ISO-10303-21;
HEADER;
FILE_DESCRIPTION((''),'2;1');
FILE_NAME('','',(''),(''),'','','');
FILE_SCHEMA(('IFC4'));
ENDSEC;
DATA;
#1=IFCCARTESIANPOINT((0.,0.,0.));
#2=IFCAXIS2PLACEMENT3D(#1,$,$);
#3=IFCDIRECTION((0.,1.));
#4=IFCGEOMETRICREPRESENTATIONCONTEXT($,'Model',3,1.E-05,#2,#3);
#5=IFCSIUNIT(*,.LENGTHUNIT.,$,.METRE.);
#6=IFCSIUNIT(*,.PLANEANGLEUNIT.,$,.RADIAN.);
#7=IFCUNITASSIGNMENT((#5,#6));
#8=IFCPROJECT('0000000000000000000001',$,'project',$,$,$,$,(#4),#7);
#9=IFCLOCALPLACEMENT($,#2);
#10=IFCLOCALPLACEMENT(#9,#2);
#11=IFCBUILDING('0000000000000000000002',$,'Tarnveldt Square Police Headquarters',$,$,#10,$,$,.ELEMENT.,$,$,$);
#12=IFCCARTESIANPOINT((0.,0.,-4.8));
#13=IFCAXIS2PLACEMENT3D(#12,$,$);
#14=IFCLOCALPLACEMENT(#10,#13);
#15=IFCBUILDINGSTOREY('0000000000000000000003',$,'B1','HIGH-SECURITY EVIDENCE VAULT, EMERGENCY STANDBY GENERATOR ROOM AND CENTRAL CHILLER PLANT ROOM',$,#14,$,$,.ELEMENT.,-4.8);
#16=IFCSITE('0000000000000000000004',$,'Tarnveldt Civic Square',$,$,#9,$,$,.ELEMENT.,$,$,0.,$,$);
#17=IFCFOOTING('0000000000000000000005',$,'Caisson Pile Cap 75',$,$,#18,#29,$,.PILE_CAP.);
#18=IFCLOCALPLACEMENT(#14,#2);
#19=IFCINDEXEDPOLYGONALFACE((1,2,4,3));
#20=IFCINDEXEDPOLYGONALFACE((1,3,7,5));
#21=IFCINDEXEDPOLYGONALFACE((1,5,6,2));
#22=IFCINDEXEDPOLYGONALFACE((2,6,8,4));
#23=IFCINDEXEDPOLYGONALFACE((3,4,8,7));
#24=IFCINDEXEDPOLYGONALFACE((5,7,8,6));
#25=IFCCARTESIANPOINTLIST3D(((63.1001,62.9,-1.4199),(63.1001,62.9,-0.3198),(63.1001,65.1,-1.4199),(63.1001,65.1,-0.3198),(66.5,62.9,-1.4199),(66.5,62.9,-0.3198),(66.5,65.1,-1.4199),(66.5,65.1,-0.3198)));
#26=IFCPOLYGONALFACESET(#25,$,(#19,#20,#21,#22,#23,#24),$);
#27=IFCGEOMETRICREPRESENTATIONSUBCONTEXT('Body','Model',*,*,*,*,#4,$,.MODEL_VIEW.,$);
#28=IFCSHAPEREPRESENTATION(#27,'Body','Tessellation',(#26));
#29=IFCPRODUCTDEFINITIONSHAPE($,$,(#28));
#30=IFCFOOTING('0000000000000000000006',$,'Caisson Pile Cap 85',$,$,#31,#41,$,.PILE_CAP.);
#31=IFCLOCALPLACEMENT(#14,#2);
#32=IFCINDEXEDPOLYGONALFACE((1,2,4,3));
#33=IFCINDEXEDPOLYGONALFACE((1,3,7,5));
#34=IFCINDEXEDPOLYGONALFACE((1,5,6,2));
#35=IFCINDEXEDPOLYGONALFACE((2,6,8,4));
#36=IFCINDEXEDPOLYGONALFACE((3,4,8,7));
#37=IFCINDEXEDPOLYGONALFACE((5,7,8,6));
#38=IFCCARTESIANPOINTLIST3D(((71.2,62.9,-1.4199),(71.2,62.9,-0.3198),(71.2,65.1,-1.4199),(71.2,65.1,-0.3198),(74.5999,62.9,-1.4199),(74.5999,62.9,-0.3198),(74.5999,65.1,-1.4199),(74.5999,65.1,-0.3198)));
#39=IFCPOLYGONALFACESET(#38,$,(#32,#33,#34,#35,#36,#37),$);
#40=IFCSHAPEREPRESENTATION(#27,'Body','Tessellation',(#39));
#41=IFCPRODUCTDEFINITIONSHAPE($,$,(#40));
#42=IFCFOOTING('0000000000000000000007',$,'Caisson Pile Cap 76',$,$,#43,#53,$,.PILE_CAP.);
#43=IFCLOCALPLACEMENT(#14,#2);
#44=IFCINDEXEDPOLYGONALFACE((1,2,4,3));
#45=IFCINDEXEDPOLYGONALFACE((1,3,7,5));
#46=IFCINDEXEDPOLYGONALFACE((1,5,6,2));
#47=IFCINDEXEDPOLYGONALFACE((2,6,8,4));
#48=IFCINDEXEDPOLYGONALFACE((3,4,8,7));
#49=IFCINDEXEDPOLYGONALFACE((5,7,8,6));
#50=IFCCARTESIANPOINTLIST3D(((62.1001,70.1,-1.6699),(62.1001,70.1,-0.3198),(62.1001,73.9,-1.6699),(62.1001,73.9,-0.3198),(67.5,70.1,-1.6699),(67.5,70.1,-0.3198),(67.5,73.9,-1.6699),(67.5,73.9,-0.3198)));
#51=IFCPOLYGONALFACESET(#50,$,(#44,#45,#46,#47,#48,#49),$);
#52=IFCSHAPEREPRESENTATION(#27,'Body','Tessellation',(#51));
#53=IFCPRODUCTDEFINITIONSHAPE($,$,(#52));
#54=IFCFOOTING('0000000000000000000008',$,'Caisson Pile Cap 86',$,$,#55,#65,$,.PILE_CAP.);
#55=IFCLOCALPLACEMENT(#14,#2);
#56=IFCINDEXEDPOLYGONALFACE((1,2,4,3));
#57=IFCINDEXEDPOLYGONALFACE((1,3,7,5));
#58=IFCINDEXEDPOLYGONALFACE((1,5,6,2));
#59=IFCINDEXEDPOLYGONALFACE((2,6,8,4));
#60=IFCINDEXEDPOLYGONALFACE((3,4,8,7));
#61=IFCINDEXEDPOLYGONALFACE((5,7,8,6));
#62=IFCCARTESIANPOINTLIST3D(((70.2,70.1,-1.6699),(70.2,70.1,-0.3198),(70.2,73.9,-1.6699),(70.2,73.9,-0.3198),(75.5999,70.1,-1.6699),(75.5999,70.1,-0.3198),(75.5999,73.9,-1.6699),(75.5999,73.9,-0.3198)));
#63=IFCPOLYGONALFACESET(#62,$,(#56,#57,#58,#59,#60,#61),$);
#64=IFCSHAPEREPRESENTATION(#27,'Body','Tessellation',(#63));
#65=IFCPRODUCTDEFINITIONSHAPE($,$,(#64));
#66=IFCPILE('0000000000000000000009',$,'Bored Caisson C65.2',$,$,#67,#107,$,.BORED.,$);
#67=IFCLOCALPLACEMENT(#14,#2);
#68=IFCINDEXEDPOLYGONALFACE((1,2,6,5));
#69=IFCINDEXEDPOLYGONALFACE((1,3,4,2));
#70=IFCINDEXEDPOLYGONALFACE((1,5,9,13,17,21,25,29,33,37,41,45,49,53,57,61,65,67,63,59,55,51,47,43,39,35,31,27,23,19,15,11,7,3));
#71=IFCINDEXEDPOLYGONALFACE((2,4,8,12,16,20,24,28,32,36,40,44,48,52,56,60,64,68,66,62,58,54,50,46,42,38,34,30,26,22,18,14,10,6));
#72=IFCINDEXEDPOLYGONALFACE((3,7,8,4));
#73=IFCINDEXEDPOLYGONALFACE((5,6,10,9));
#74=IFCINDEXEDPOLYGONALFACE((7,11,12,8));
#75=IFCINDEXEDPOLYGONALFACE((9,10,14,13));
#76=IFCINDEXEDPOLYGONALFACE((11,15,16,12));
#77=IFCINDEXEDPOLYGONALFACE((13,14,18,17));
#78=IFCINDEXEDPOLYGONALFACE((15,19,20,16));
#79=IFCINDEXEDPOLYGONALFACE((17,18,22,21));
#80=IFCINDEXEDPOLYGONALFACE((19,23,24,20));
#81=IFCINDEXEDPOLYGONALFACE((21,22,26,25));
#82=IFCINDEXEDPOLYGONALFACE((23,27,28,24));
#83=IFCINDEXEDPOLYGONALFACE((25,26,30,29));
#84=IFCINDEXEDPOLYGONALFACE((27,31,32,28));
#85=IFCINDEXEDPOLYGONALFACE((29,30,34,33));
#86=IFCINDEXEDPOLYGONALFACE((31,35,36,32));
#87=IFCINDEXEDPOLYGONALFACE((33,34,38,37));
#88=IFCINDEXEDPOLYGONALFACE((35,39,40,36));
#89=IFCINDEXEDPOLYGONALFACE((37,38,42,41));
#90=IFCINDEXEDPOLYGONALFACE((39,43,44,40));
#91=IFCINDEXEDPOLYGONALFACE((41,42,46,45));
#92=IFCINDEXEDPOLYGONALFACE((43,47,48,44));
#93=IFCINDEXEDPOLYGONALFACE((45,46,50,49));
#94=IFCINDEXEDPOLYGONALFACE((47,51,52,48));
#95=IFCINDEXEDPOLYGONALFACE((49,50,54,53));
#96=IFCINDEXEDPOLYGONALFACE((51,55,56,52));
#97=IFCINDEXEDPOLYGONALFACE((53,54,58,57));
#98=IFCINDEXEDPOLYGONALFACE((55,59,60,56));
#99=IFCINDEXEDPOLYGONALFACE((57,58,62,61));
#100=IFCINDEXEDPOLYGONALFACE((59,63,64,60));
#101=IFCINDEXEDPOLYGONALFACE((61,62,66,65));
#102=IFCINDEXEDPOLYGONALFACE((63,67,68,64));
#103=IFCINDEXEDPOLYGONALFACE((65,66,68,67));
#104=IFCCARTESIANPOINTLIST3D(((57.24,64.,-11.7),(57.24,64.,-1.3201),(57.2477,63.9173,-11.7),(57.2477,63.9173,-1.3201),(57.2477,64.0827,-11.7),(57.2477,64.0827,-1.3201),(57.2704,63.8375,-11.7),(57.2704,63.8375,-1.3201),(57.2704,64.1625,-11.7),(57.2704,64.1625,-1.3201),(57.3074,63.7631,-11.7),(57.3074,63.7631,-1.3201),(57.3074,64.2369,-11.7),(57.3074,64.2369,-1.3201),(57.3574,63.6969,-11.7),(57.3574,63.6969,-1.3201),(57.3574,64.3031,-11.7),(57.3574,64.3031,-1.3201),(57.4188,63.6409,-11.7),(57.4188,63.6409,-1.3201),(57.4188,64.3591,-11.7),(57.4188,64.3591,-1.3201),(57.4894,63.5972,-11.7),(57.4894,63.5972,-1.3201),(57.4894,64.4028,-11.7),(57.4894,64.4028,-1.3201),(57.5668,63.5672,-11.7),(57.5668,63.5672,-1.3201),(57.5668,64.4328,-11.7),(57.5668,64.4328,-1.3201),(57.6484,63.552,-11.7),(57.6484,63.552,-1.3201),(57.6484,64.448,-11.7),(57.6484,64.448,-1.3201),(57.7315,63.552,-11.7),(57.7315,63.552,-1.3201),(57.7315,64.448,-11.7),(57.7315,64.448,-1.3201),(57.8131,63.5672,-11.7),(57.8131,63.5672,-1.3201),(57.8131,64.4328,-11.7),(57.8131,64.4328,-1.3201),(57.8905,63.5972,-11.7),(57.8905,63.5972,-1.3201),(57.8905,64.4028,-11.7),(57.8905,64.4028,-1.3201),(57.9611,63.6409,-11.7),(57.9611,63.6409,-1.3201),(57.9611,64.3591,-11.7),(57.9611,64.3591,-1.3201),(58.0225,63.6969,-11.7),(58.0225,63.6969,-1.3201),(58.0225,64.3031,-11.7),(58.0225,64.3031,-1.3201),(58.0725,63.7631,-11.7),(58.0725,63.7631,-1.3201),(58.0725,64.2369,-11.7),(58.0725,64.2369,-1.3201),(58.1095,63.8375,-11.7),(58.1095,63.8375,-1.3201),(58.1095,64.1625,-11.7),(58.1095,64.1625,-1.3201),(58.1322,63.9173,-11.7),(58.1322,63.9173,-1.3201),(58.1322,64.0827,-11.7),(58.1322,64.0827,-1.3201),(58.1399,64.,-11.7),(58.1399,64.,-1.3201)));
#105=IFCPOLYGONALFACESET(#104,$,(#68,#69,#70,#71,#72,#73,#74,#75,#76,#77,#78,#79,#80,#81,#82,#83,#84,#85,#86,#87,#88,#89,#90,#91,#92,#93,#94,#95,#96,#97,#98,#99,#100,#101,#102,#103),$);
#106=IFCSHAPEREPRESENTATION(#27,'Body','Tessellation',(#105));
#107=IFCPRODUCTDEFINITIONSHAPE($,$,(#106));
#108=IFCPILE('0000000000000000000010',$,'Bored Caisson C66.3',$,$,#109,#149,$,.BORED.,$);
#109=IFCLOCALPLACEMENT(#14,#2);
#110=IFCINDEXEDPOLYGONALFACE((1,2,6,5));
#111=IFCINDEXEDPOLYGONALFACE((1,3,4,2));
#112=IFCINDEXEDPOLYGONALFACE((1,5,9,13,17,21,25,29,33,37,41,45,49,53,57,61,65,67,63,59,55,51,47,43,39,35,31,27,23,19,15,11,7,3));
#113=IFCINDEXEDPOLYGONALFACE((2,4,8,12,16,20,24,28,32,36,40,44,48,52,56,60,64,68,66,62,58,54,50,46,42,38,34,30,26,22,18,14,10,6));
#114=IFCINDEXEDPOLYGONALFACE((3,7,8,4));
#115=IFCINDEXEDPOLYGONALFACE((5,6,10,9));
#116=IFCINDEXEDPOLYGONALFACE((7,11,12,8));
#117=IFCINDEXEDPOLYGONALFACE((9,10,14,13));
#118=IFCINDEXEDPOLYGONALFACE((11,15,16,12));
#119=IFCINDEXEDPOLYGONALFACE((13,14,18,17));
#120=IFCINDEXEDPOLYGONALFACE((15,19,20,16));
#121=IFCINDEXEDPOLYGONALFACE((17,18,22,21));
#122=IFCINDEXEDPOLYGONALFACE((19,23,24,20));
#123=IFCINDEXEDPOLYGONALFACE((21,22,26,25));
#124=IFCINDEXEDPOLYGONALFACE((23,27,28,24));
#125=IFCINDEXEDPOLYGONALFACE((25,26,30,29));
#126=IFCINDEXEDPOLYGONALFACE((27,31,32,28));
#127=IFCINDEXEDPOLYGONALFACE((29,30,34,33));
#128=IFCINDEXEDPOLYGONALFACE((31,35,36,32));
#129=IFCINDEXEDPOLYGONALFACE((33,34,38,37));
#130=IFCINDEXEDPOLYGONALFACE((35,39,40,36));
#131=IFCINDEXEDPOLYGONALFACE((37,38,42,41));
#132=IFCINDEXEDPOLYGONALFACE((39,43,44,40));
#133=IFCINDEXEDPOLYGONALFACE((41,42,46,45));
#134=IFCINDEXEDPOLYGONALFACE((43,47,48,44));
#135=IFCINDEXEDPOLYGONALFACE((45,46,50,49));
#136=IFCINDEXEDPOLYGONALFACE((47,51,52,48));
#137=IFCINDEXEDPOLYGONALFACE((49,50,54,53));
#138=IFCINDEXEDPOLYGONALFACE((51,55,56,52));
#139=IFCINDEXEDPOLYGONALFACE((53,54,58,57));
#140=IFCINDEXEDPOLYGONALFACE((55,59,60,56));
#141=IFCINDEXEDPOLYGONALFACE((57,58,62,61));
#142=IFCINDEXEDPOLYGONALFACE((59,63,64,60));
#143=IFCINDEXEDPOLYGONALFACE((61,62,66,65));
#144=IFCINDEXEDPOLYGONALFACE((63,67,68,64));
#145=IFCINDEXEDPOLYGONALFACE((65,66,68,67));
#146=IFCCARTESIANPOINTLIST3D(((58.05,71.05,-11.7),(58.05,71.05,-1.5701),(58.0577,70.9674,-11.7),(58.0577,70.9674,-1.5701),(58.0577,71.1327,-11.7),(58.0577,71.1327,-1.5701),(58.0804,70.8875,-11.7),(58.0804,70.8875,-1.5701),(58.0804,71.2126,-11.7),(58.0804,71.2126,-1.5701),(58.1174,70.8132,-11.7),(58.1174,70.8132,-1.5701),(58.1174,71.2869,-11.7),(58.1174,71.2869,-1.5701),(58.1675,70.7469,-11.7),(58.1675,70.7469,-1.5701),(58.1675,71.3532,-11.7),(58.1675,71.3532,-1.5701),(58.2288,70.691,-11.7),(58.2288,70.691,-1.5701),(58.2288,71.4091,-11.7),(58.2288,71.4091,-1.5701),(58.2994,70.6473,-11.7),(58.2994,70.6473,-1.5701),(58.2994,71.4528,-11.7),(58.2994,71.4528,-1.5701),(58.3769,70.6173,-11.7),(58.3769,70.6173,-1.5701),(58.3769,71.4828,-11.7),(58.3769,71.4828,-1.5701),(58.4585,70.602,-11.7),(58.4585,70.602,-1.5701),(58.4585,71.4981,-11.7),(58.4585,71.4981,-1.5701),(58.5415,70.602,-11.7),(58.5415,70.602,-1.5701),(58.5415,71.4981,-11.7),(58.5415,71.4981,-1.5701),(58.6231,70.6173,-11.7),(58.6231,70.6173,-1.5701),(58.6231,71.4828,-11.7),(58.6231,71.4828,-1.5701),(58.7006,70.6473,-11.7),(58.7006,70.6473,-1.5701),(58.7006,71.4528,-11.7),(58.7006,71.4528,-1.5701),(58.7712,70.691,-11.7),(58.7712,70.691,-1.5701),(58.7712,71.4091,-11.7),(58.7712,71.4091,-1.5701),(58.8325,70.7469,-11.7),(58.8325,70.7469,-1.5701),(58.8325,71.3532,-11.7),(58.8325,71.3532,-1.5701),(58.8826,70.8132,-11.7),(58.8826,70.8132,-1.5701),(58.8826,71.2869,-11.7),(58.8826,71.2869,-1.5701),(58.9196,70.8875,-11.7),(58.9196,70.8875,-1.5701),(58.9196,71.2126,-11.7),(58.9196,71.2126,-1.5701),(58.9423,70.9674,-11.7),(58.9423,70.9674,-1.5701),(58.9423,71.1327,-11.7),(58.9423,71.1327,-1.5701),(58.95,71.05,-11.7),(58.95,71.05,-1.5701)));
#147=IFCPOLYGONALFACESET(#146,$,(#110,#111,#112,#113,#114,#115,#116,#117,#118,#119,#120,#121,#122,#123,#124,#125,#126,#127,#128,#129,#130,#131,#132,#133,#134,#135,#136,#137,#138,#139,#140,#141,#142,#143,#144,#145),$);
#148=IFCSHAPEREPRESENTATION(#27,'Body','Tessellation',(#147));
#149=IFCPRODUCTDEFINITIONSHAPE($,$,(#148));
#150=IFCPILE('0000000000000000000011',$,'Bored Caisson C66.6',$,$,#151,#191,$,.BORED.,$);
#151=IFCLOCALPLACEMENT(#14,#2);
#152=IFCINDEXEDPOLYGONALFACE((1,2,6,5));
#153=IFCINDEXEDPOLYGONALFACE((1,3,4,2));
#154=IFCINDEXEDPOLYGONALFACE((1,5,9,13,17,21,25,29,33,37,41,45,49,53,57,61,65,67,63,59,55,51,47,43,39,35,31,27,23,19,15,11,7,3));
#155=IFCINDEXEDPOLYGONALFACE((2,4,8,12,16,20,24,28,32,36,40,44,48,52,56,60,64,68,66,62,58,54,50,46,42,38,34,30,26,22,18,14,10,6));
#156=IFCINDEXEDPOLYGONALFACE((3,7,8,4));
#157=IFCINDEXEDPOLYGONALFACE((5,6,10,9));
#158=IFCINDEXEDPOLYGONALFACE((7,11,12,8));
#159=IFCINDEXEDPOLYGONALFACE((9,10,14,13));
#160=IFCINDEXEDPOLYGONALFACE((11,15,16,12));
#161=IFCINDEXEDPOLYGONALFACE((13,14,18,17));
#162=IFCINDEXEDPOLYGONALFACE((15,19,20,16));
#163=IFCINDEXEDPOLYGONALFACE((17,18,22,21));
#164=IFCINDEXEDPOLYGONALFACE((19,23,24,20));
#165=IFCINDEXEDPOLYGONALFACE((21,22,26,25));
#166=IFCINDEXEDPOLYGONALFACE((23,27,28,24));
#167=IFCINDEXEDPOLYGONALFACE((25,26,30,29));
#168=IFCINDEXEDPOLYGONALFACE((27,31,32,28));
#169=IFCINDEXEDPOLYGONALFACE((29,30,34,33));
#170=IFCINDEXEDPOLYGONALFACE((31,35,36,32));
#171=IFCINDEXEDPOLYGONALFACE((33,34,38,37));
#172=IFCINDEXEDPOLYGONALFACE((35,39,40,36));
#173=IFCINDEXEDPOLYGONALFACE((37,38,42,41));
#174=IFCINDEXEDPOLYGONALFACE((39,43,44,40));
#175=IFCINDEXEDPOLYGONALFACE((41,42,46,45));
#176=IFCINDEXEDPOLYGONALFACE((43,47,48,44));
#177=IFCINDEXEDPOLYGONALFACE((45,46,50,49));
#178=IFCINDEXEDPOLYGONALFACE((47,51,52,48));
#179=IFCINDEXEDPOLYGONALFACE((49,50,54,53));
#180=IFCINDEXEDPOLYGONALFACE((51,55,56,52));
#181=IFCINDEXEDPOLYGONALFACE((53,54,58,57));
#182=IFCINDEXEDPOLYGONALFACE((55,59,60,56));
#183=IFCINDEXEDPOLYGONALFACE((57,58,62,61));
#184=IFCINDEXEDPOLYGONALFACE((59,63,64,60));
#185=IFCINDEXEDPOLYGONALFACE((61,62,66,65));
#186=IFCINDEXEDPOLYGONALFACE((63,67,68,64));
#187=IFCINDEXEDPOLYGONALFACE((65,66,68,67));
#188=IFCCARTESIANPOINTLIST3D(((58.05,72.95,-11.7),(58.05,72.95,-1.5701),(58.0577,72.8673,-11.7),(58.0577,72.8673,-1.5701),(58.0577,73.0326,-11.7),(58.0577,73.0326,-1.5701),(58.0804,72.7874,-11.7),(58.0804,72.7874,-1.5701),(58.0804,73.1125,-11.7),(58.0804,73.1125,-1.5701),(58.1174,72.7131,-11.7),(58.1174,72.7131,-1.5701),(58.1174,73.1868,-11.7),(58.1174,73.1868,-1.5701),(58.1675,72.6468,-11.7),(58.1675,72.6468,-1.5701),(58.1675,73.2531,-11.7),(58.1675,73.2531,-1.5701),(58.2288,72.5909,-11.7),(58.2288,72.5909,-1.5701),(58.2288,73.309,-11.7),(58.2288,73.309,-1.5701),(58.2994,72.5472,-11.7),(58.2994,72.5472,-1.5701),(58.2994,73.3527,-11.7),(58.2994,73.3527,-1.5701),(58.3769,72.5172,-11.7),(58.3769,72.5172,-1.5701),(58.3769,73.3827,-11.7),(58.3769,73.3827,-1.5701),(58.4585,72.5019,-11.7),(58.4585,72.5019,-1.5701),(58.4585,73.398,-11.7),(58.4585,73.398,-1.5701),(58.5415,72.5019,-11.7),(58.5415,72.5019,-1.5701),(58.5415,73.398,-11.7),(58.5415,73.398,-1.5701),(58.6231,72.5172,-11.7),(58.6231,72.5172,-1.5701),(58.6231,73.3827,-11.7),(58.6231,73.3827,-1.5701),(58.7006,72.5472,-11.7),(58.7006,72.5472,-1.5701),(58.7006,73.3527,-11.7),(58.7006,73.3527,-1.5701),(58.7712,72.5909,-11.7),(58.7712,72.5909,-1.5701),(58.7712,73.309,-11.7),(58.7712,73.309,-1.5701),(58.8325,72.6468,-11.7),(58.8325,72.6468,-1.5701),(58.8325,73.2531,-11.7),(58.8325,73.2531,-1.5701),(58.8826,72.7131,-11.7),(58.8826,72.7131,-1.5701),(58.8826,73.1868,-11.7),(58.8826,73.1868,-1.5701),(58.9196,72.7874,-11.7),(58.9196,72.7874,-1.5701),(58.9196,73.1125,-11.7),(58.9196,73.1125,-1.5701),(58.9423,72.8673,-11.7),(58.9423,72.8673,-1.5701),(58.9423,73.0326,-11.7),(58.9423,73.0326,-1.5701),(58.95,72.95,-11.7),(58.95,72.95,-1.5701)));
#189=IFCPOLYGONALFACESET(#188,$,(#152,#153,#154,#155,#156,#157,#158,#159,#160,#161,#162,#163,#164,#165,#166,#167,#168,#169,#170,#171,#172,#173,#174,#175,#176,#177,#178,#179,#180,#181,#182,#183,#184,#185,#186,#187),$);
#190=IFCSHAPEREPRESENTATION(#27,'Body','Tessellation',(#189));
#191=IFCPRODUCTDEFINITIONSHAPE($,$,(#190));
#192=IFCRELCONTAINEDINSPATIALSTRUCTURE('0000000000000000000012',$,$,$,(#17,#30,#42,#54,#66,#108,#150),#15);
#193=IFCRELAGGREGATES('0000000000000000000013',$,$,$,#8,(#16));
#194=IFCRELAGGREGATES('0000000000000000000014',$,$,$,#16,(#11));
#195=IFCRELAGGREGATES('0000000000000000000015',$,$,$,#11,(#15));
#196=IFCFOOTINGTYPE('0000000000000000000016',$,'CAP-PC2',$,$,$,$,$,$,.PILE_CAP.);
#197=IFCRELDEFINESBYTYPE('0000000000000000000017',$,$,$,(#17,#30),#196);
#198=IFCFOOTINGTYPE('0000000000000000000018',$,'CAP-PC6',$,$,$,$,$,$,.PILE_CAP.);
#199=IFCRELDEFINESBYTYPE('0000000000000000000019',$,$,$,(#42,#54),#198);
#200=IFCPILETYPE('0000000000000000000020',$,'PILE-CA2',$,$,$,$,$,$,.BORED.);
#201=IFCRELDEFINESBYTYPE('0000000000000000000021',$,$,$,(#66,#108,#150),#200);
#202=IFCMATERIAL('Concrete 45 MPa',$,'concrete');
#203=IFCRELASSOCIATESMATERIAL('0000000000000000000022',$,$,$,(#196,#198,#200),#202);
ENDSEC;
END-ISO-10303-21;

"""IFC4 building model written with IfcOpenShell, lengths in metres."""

from ifc_helpers import new_model, si_unit, direction, frame, origin, origin_2d, place, context, subcontext, project, spatial, rectangle, circle, extrude, material, material_profile, profile_set, type_object, element, save


model = new_model("IFC4")

# Units and contexts
model_context = context("Model", 3, precision=1e-05, world=origin(), true_north=direction((0.0, 1.0)))
body_context = subcontext(model_context, "Body", "Model", "MODEL_VIEW")
ifc_project = project(units=[si_unit("LENGTHUNIT", "METRE"), si_unit("PLANEANGLEUNIT", "RADIAN")], contexts=[model_context])

# Site, building, storey
site_placement = place(None, origin())
site = spatial("IfcSite", under=ifc_project, at=site_placement, Name="Tarnveldt Civic Square", CompositionType="ELEMENT", RefElevation=0.0)
building_placement = place(site_placement, origin())
building = spatial("IfcBuilding", under=site, at=building_placement, Name="Tarnveldt Square Police Headquarters", CompositionType="ELEMENT")
storey_placement = place(building_placement, frame((0.0, 0.0, -4.8)))
storey = spatial("IfcBuildingStorey", under=building, at=storey_placement, Name="B1", Description="HIGH-SECURITY EVIDENCE VAULT, EMERGENCY STANDBY GENERATOR ROOM AND CENTRAL CHILLER PLANT ROOM", CompositionType="ELEMENT", Elevation=-4.8)

# Footings
ifc_material_1 = material(Name="Concrete 45 MPa", Category="concrete")
footing_type_1 = type_object("IfcFootingType", Name="CAP-PC2", PredefinedType="PILE_CAP", material=ifc_material_1)
for number, where, z_axis, x_axis, name in (
    (1, (64.8, 64.0, -1.4199), (0.0, 0.0, 1.0), (1.0, 0.0, 0.0), "Caisson Pile Cap 75"),
    (2, (72.8999, 64.0, -1.4199), (0.0, 0.0, 1.0), (1.0, 0.0, 0.0), "Caisson Pile Cap 85"),
):
    element("IfcFooting", number, at=place(storey_placement, frame(where, z_axis=z_axis, x_axis=x_axis)), inside=storey, type_object=footing_type_1, Name=name, PredefinedType="PILE_CAP", context=body_context, shape_type="SweptSolid", body=[
        extrude(rectangle(XDim=3.3999, YDim=2.2, at=origin_2d()), origin(), (0.0, 0.0, 1.0), 1.1001),
    ])
footing_type_2 = type_object("IfcFootingType", Name="CAP-PC6", PredefinedType="PILE_CAP", material=ifc_material_1)
for number, where, z_axis, x_axis, name in (
    (3, (64.8, 72.0, -1.6699), (0.0, 0.0, 1.0), (1.0, 0.0, 0.0), "Caisson Pile Cap 76"),
    (4, (72.8999, 72.0, -1.6699), (0.0, 0.0, 1.0), (1.0, 0.0, 0.0), "Caisson Pile Cap 86"),
):
    element("IfcFooting", number, at=place(storey_placement, frame(where, z_axis=z_axis, x_axis=x_axis)), inside=storey, type_object=footing_type_2, Name=name, PredefinedType="PILE_CAP", context=body_context, shape_type="SweptSolid", body=[
        extrude(rectangle(XDim=5.3999, YDim=3.8, at=origin_2d()), origin(), (0.0, 0.0, 1.0), 1.3501),
    ])

# Piles
ifc_material_profile_1 = material_profile(ifc_material_1, circle(Radius=0.45, at=origin_2d()), Name="CAISSON-D900")
ifc_profile_set_1 = profile_set([ifc_material_profile_1], Name="Concrete 45 MPa")
pile_type = type_object("IfcPileType", Name="PILE-CA2", PredefinedType="BORED", material=ifc_profile_set_1)
pile_1_placement = place(storey_placement, frame((57.6899, 64.0, -1.3201), z_axis=(0.0, 0.0, -1.0), x_axis=(1.0, 0.0, 0.0)))
element("IfcPile", 5, at=pile_1_placement, inside=storey, type_object=pile_type, Name="Bored Caisson C65.2", PredefinedType="BORED", context=body_context, shape_type="SweptSolid", body=[
    extrude(circle(Radius=0.45, at=origin_2d()), origin(), (0.0, 0.0, 1.0), 10.3799),
])
for number, where, z_axis, x_axis, name in (
    (6, (58.5, 71.05, -1.5701), (0.0, 0.0, -1.0), (1.0, 0.0, 0.0), "Bored Caisson C66.3"),
    (7, (58.5, 72.95, -1.5701), (0.0, 0.0, -1.0), (1.0, 0.0, 0.0), "Bored Caisson C66.6"),
):
    element("IfcPile", number, at=place(storey_placement, frame(where, z_axis=z_axis, x_axis=x_axis)), inside=storey, type_object=pile_type, Name=name, PredefinedType="BORED", context=body_context, shape_type="SweptSolid", body=[
        extrude(circle(Radius=0.45, at=origin_2d()), origin(), (0.0, 0.0, 1.0), 10.1299),
    ])

save(model, "model.ifc")
